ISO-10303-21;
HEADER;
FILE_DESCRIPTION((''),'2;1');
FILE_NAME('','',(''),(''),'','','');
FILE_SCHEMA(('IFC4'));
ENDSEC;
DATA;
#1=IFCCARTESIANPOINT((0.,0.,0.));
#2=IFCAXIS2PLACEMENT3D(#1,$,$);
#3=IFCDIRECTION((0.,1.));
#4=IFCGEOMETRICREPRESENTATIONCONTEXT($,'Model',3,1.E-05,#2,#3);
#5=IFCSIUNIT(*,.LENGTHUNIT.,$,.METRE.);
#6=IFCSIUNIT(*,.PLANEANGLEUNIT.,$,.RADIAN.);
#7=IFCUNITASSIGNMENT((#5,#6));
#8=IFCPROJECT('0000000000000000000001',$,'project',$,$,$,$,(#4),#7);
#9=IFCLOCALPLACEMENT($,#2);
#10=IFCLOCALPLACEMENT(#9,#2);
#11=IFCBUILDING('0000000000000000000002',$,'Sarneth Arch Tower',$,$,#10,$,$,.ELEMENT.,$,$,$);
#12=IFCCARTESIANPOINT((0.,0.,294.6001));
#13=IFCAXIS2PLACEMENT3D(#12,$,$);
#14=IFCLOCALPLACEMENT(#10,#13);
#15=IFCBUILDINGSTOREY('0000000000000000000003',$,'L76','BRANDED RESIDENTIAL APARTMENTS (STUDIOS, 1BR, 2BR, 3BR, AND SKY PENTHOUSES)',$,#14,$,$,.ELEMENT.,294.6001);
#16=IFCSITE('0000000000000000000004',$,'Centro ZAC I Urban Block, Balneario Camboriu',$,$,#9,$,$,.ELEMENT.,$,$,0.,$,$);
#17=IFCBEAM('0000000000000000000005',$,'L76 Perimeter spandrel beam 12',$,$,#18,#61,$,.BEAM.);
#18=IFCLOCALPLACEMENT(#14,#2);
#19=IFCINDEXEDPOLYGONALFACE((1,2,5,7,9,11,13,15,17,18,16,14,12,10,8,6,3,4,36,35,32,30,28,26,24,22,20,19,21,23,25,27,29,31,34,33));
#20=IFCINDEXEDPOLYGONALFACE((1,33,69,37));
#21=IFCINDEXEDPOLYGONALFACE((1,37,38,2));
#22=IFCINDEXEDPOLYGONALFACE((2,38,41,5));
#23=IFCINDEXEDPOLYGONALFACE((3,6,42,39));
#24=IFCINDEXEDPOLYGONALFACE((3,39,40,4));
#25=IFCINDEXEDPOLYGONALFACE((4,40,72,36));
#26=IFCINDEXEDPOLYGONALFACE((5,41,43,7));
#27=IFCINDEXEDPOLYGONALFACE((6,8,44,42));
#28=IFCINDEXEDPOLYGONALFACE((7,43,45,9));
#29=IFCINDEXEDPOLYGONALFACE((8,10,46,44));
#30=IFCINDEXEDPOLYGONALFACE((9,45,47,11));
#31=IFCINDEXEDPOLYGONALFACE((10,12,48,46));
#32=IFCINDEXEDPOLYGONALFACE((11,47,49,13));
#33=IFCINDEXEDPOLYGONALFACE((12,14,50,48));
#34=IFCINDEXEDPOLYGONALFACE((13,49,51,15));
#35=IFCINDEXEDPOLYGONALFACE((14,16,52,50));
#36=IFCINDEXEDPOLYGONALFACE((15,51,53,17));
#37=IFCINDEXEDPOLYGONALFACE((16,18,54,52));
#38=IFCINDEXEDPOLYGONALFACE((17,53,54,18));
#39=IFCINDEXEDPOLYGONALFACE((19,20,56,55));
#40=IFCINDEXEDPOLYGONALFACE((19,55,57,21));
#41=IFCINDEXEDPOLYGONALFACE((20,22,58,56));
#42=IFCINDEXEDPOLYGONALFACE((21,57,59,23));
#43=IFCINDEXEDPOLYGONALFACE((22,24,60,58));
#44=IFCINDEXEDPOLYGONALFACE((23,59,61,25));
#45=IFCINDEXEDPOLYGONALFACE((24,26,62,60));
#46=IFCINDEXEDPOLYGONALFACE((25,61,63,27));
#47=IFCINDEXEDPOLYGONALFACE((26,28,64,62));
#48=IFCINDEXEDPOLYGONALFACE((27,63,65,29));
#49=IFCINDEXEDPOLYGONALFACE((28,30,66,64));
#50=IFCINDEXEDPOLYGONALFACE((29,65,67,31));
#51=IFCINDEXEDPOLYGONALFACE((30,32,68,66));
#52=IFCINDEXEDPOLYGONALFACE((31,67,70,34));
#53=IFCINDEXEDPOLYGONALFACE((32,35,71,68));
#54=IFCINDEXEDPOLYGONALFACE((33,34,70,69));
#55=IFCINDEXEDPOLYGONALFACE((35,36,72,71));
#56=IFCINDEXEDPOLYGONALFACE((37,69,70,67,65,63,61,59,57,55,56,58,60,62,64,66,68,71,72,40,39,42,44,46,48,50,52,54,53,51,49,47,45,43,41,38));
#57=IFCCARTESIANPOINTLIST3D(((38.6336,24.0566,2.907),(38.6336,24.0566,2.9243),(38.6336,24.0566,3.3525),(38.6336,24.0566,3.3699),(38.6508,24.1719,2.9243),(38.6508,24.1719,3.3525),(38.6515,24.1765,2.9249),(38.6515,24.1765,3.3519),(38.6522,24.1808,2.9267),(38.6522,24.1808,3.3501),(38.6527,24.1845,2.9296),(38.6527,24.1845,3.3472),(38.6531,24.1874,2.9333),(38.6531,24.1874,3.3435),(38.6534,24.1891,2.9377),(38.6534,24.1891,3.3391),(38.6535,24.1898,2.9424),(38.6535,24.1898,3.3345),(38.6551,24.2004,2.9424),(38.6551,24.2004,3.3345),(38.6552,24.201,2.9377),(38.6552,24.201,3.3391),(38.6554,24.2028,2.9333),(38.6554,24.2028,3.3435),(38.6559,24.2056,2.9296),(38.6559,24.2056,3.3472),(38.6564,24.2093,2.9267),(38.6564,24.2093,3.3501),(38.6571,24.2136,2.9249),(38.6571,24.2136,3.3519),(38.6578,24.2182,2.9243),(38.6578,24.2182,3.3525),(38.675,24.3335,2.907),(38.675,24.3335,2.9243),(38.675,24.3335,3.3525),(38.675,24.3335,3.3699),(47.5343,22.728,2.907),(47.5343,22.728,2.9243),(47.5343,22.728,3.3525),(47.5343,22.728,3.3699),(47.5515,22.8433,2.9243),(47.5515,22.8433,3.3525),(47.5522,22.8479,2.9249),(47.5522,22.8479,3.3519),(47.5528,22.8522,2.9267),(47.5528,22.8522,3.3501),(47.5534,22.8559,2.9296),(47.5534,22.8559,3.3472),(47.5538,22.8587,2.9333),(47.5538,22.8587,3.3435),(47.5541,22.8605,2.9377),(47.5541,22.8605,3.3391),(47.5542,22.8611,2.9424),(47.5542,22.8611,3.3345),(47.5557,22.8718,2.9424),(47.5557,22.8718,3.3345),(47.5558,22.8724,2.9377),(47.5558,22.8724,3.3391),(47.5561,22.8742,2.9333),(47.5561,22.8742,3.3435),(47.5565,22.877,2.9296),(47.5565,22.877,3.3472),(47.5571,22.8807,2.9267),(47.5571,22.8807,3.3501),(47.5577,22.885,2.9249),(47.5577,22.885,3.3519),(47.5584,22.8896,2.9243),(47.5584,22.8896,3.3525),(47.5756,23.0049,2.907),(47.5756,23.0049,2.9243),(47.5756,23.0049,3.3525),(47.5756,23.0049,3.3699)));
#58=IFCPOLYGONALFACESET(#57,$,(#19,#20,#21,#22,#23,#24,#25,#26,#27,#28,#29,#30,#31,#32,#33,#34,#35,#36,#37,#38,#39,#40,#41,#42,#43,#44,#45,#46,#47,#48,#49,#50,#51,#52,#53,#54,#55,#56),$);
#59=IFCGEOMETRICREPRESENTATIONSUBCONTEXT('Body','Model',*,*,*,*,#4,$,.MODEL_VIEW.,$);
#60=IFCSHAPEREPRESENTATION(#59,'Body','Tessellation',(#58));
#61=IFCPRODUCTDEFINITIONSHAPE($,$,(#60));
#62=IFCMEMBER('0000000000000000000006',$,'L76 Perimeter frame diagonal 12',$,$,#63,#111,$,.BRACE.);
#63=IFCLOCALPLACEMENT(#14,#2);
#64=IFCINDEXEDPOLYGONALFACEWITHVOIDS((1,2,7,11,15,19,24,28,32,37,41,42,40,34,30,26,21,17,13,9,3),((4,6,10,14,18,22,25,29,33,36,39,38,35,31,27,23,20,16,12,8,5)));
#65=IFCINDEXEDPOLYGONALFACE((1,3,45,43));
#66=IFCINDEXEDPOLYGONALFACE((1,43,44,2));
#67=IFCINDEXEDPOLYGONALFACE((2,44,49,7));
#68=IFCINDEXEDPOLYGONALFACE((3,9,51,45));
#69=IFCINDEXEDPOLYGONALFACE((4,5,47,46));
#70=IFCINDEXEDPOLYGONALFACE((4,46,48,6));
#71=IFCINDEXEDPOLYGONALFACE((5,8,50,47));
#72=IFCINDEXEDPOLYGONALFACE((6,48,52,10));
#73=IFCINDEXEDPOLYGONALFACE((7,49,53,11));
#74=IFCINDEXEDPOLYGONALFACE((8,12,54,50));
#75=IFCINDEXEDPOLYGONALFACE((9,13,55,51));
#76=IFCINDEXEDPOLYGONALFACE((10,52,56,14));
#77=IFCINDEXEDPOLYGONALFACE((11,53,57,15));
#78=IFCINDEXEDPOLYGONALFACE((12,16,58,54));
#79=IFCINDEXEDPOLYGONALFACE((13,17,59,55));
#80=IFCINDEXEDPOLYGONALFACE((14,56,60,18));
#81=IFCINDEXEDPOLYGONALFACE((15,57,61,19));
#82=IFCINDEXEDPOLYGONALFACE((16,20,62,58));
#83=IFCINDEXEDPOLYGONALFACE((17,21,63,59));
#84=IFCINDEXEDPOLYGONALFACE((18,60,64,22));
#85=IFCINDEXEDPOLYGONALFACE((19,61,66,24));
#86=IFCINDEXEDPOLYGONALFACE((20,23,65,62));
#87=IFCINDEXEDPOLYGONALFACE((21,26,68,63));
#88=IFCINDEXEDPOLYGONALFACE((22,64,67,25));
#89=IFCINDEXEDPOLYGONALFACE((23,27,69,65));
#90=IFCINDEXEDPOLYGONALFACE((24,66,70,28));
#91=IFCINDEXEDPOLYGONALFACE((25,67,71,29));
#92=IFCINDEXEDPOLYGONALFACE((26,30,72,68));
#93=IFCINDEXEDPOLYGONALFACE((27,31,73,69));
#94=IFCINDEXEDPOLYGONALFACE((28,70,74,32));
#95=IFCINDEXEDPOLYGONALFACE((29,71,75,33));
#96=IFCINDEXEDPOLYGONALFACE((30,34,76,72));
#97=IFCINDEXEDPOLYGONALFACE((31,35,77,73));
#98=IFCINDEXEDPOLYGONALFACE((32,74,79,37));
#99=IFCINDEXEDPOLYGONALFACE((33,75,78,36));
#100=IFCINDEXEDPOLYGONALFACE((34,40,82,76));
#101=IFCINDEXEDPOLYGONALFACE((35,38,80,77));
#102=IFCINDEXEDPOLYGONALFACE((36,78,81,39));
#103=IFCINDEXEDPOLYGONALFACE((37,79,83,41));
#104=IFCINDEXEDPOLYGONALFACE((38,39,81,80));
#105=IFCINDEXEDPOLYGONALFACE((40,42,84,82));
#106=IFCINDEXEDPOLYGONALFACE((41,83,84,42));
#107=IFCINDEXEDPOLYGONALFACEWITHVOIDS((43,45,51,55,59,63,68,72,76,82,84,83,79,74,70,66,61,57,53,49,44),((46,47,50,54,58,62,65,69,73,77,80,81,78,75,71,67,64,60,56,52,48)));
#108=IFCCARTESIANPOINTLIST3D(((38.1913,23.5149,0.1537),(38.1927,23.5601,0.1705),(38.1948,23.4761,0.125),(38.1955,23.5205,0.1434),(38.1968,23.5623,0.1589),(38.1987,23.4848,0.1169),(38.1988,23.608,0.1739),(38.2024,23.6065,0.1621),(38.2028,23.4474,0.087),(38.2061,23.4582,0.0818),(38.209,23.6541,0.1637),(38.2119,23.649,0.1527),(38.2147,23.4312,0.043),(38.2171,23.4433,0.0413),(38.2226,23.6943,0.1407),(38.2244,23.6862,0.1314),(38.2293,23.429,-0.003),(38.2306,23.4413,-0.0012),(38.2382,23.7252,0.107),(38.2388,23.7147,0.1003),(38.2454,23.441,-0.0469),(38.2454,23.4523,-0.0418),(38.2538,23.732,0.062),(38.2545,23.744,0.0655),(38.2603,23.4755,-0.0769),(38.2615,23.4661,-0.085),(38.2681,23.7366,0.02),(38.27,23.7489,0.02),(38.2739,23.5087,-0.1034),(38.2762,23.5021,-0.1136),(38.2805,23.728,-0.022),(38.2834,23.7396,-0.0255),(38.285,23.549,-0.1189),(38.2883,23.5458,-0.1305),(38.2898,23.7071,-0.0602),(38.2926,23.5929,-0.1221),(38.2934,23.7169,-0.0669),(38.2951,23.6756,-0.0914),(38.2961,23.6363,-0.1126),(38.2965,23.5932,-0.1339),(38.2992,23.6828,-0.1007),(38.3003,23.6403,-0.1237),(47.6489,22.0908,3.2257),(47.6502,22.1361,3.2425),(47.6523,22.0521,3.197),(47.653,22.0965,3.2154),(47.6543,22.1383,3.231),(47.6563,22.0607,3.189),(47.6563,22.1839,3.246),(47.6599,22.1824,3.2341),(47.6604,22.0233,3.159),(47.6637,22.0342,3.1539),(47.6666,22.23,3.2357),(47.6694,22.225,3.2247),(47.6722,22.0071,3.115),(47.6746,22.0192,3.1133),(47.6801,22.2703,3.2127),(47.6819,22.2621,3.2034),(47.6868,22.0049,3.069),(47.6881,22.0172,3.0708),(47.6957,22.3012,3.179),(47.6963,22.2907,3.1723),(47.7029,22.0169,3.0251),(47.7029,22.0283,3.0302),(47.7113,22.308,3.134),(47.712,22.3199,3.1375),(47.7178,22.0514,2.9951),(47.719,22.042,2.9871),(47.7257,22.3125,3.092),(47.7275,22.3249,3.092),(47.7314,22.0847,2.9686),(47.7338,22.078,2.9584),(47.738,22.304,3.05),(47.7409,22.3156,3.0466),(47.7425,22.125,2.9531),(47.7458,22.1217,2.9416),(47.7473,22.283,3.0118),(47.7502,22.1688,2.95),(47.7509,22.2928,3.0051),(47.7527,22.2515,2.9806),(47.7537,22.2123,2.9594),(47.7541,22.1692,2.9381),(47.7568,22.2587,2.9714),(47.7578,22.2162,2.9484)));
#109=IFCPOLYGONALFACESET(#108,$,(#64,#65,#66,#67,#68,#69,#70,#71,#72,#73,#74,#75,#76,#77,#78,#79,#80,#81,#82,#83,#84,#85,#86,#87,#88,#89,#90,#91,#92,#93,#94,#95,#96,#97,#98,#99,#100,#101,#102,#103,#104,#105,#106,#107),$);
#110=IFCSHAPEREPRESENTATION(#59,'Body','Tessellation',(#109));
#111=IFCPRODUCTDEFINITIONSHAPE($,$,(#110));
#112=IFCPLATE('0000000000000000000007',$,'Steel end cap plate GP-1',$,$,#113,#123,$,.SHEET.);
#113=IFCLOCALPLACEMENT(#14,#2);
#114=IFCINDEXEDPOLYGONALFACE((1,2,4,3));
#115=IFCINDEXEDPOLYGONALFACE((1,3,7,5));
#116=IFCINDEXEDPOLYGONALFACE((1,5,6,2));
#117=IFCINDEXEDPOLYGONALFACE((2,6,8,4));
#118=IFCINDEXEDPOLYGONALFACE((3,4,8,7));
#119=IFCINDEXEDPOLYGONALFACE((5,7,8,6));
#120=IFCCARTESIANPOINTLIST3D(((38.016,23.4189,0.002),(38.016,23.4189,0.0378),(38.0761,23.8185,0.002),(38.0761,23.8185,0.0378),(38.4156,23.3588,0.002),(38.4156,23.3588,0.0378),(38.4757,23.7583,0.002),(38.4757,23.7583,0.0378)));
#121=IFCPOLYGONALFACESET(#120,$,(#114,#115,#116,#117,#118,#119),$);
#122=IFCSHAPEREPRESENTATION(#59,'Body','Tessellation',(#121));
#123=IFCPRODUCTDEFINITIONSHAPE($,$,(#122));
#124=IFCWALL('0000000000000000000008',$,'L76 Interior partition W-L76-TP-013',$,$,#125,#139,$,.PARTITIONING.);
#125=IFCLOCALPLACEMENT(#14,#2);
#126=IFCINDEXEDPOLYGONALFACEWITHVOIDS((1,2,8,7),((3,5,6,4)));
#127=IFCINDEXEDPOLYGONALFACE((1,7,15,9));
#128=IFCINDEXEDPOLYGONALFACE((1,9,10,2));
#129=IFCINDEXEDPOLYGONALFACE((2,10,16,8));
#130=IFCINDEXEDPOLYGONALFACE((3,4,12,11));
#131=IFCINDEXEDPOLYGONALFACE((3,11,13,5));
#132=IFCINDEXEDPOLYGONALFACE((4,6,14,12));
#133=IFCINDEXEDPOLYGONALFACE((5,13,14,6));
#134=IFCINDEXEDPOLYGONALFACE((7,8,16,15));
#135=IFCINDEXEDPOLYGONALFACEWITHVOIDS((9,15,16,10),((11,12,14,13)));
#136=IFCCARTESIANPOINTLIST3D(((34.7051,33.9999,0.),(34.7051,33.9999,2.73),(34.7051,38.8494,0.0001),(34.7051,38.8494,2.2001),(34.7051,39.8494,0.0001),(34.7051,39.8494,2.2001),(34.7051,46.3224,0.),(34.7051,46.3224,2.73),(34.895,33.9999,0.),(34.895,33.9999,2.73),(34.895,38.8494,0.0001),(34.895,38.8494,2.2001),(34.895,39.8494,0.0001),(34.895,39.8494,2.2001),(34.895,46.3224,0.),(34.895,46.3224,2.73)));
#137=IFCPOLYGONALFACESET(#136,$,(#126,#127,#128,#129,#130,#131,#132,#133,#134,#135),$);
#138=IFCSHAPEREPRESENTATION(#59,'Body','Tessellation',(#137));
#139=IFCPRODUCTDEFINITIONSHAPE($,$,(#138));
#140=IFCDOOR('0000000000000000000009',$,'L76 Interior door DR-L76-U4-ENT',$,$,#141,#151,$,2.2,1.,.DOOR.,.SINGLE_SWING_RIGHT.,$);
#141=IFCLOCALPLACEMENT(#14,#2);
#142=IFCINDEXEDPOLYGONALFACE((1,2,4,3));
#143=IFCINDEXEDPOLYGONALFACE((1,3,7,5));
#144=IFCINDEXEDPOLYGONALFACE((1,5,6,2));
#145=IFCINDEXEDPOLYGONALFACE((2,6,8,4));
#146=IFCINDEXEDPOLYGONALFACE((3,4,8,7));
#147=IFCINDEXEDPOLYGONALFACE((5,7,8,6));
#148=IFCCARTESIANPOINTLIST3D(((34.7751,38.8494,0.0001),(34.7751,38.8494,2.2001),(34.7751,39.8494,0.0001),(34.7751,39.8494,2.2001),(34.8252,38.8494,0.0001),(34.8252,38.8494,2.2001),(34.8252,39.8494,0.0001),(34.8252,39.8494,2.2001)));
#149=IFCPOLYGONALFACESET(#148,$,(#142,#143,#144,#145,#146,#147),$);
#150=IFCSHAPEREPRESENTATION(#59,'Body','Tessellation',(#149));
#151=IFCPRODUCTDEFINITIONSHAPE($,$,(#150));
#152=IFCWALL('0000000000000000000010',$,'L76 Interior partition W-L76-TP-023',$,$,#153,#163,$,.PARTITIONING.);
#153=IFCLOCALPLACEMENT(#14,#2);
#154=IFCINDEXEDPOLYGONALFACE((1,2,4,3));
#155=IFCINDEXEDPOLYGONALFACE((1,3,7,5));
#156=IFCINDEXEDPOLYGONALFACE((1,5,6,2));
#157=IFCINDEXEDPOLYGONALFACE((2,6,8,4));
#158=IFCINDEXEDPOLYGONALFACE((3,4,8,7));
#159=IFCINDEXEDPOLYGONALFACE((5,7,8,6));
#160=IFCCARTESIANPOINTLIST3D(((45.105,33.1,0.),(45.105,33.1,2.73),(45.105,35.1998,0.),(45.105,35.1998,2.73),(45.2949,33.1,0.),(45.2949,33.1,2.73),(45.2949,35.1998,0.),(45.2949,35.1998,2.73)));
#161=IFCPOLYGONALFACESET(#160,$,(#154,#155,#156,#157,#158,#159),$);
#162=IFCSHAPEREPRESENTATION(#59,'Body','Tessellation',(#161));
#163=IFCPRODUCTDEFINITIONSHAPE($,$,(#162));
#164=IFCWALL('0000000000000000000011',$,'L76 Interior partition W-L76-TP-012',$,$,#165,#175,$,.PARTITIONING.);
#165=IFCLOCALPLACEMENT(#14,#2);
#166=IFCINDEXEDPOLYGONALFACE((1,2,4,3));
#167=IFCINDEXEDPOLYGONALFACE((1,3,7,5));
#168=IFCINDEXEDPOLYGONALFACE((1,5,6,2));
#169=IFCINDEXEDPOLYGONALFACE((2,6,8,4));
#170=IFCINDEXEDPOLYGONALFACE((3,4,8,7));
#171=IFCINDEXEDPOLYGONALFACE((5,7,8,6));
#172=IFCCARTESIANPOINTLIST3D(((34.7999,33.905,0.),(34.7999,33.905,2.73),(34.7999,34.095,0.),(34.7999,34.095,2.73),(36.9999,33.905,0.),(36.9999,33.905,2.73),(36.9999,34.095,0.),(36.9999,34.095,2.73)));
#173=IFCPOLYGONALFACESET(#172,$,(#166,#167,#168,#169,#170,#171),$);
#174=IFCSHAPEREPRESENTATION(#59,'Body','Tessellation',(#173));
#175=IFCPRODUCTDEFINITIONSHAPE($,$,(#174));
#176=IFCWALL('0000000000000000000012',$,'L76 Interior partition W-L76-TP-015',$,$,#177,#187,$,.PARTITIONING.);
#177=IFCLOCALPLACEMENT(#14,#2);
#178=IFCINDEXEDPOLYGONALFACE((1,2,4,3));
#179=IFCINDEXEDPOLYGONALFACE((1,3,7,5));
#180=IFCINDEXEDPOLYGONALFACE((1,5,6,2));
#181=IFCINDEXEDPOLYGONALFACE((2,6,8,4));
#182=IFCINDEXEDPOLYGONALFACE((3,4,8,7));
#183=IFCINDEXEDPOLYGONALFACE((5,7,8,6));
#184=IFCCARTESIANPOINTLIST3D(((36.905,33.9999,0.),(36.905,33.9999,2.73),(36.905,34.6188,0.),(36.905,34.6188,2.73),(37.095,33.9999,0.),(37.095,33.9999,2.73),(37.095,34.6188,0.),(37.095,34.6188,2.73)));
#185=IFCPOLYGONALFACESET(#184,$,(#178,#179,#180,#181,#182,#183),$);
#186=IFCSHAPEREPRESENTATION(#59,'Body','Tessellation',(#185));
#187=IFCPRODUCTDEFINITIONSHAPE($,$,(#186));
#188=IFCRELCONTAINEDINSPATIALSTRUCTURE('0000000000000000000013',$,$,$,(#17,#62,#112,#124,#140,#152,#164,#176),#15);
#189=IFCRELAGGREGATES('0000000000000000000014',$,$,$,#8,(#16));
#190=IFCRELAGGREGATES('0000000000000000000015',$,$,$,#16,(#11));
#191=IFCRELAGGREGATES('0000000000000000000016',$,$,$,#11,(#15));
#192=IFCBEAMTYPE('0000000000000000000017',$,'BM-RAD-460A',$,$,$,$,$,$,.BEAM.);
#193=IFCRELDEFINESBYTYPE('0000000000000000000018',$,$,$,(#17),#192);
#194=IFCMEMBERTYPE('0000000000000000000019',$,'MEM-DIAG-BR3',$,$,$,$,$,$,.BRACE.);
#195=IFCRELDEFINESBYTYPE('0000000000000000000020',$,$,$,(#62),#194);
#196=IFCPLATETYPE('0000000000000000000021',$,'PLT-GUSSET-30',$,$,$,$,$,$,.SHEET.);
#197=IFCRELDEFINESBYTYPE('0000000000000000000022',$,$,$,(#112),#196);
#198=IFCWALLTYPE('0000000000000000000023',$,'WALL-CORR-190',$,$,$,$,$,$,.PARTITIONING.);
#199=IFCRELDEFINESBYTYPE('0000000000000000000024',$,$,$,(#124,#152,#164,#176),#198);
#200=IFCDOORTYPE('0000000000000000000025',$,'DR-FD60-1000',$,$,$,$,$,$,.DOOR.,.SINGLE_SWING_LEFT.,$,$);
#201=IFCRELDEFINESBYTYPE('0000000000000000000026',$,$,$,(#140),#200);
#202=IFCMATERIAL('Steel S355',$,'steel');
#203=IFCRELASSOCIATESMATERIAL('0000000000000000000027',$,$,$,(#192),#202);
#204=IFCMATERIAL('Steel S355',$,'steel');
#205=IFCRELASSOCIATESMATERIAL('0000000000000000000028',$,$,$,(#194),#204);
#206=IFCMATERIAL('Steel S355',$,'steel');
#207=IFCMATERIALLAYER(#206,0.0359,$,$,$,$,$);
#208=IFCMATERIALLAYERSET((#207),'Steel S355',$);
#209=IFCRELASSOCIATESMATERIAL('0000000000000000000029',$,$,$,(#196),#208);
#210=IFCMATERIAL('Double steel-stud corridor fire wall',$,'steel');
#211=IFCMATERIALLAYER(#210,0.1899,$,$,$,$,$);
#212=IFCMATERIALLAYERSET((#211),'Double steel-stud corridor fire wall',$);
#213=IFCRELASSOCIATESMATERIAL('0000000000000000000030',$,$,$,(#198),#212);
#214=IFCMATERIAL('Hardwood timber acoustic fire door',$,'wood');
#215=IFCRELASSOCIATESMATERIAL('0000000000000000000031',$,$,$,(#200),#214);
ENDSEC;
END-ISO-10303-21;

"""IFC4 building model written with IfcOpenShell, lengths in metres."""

from ifc_helpers import new_model, si_unit, direction, frame, frame_2d, origin, origin_2d, place, context, subcontext, project, spatial, rectangle, hollow_circle, i_section, extrude, material, layer, layer_set, material_profile, profile_set, type_object, element, fill, save


model = new_model("IFC4")

# Units and contexts
model_context = context("Model", 3, precision=1e-05, world=origin(), true_north=direction((0.0, 1.0)))
body_context = subcontext(model_context, "Body", "Model", "MODEL_VIEW")
ifc_project = project(units=[si_unit("LENGTHUNIT", "METRE"), si_unit("PLANEANGLEUNIT", "RADIAN")], contexts=[model_context])

# Site, building, storey
site_placement = place(None, origin())
site = spatial("IfcSite", under=ifc_project, at=site_placement, Name="Centro ZAC I Urban Block, Balneario Camboriu", CompositionType="ELEMENT", RefElevation=0.0)
building_placement = place(site_placement, origin())
building = spatial("IfcBuilding", under=site, at=building_placement, Name="Sarneth Arch Tower", CompositionType="ELEMENT")
storey_placement = place(building_placement, frame((0.0, 0.0, 294.6001)))
storey = spatial("IfcBuildingStorey", under=building, at=storey_placement, Name="L76", Description="BRANDED RESIDENTIAL APARTMENTS (STUDIOS, 1BR, 2BR, 3BR, AND SKY PENTHOUSES)", CompositionType="ELEMENT", Elevation=294.6001)

# Beam
ifc_material_1 = material(Name="Steel S355", Category="steel")
ifc_material_profile_1 = material_profile(ifc_material_1, i_section(OverallWidth=0.28, OverallDepth=0.4629, WebThickness=0.0107, FlangeThickness=0.0173, FilletRadius=0.0181, at=origin_2d()), Name="W460x113")
ifc_profile_set_1 = profile_set([ifc_material_profile_1], Name="Steel S355")
beam_type_1 = type_object("IfcBeamType", Name="BM-RAD-460A", PredefinedType="BEAM", material=ifc_profile_set_1)
beam_1_placement = place(storey_placement, frame((38.6543, 24.1951, 3.1384), z_axis=(0.989042, -0.147636, 0.0), x_axis=(0.147636, 0.989042, 0.0)))
element("IfcBeam", 1, at=beam_1_placement, inside=storey, type_object=beam_type_1, Name="L76 Perimeter spandrel beam 12", PredefinedType="BEAM", context=body_context, shape_type="SweptSolid", body=[
    extrude(i_section(OverallWidth=0.28, OverallDepth=0.4629, WebThickness=0.0107, FlangeThickness=0.0173, FilletRadius=0.0181, at=origin_2d()), origin(), (0.0, 0.0, 1.0), 8.9993),
])

# Member
ifc_material_2 = material(Name="Steel S355", Category="steel")
ifc_material_profile_2 = material_profile(ifc_material_2, hollow_circle(Radius=0.1621, WallThickness=0.0125, at=origin_2d()), Name="CHS324x12.5")
ifc_profile_set_2 = profile_set([ifc_material_profile_2], Name="Steel S355")
member_type = type_object("IfcMemberType", Name="MEM-DIAG-BR3", PredefinedType="BRACE", material=ifc_profile_set_2)
member_placement = place(storey_placement, frame((38.2458, 23.5886, 0.02), z_axis=(0.941478, -0.141764, 0.305814), x_axis=(0.148897, 0.988853, 0.0)))
element("IfcMember", 2, at=member_placement, inside=storey, type_object=member_type, Name="L76 Perimeter frame diagonal 12", PredefinedType="BRACE", context=body_context, shape_type="SweptSolid", body=[
    extrude(hollow_circle(Radius=0.1621, WallThickness=0.0125, at=origin_2d()), origin(), (0.0, 0.0, 1.0), 10.0454),
])

# Plate
ifc_material_3 = material(Name="Steel S355", Category="steel")
ifc_layer_1 = layer(ifc_material_3, 0.0359)
ifc_layer_set_1 = layer_set([ifc_layer_1], Name="Steel S355")
plate_type = type_object("IfcPlateType", Name="PLT-GUSSET-30", PredefinedType="SHEET", material=ifc_layer_set_1)
plate_placement = place(storey_placement, frame((38.2458, 23.5886, 0.002), z_axis=(0.0, 0.0, 1.0), x_axis=(0.988861, -0.148845, 0.0)))
element("IfcPlate", 3, at=plate_placement, inside=storey, type_object=plate_type, Name="Steel end cap plate GP-1", PredefinedType="SHEET", context=body_context, shape_type="SweptSolid", body=[
    extrude(rectangle(XDim=0.4041, YDim=0.4041, at=origin_2d()), origin(), (0.0, 0.0, 1.0), 0.0359),
])

# Wall, opening, door
ifc_material_4 = material(Name="Double steel-stud corridor fire wall", Category="steel")
ifc_layer_2 = layer(ifc_material_4, 0.1899)
ifc_layer_set_2 = layer_set([ifc_layer_2], Name="Double steel-stud corridor fire wall")
wall_type_1 = type_object("IfcWallType", Name="WALL-CORR-190", PredefinedType="PARTITIONING", material=ifc_layer_set_2)
wall_1_placement = place(storey_placement, frame((34.8, 34.0, 0.0), z_axis=(0.0, 0.0, 1.0), x_axis=(0.0, 1.0, 0.0)))
wall_1 = element("IfcWall", 4, at=wall_1_placement, inside=storey, type_object=wall_type_1, Name="L76 Interior partition W-L76-TP-013", PredefinedType="PARTITIONING", context=body_context, shape_type="SweptSolid", body=[
    extrude(rectangle(XDim=12.3225, YDim=0.1899, at=frame_2d((6.1611, 0.0))), origin(), (0.0, 0.0, 1.0), 2.73),
])
opening_1_placement = place(wall_1_placement, frame((4.8494, 0.0, 0.0)))
opening_1 = element("IfcOpeningElement", 5, at=opening_1_placement, cuts=wall_1, PredefinedType="OPENING", context=body_context, shape_type="SweptSolid", body=[
    extrude(rectangle(XDim=1.0, YDim=2.2, at=frame_2d((0.5, 1.1001))), frame((0.0, 0.105, 0.0), z_axis=(0.0, -1.0, 0.0), x_axis=(1.0, 0.0, 0.0)), (0.0, 0.0, 1.0), 0.21),
])
ifc_material_5 = material(Name="Hardwood timber acoustic fire door", Category="wood")
door_type_1 = type_object("IfcDoorType", Name="DR-FD60-1000", OperationType="SINGLE_SWING_LEFT", PredefinedType="DOOR", material=ifc_material_5)
door_1_placement = place(opening_1_placement, origin())
door_1 = element("IfcDoor", 6, at=door_1_placement, inside=storey, type_object=door_type_1, Name="L76 Interior door DR-L76-U4-ENT", OperationType="SINGLE_SWING_RIGHT", OverallHeight=2.2, OverallWidth=1.0, PredefinedType="DOOR", context=body_context, shape_type="SweptSolid", body=[
    extrude(rectangle(XDim=1.0, YDim=2.2, at=frame_2d((0.5, 1.1001))), frame((0.0, 0.0249, 0.0), z_axis=(0.0, -1.0, 0.0), x_axis=(1.0, 0.0, 0.0)), (0.0, 0.0, 1.0), 0.05),
])
fill(opening_1, door_1)

# Walls
wall_2_placement = place(storey_placement, frame((45.2, 33.1001, 0.0), z_axis=(0.0, 0.0, 1.0), x_axis=(0.0, 1.0, 0.0)))
element("IfcWall", 7, at=wall_2_placement, inside=storey, type_object=wall_type_1, Name="L76 Interior partition W-L76-TP-023", PredefinedType="PARTITIONING", context=body_context, shape_type="SweptSolid", body=[
    extrude(rectangle(XDim=2.0999, YDim=0.1899, at=frame_2d((1.0498, 0.0))), origin(), (0.0, 0.0, 1.0), 2.73),
])
wall_3_placement = place(storey_placement, frame((37.0, 34.0, 0.0), z_axis=(0.0, 0.0, 1.0), x_axis=(-1.0, 0.0, 0.0)))
element("IfcWall", 8, at=wall_3_placement, inside=storey, type_object=wall_type_1, Name="L76 Interior partition W-L76-TP-012", PredefinedType="PARTITIONING", context=body_context, shape_type="SweptSolid", body=[
    extrude(rectangle(XDim=2.2, YDim=0.1899, at=frame_2d((1.1001, 0.0))), origin(), (0.0, 0.0, 1.0), 2.73),
])
wall_4_placement = place(storey_placement, frame((37.0, 34.6189, 0.0), z_axis=(0.0, 0.0, 1.0), x_axis=(0.0, -1.0, 0.0)))
element("IfcWall", 9, at=wall_4_placement, inside=storey, type_object=wall_type_1, Name="L76 Interior partition W-L76-TP-015", PredefinedType="PARTITIONING", context=body_context, shape_type="SweptSolid", body=[
    extrude(rectangle(XDim=0.6189, YDim=0.1899, at=frame_2d((0.3096, 0.0))), origin(), (0.0, 0.0, 1.0), 2.73),
])

save(model, "model.ifc")
